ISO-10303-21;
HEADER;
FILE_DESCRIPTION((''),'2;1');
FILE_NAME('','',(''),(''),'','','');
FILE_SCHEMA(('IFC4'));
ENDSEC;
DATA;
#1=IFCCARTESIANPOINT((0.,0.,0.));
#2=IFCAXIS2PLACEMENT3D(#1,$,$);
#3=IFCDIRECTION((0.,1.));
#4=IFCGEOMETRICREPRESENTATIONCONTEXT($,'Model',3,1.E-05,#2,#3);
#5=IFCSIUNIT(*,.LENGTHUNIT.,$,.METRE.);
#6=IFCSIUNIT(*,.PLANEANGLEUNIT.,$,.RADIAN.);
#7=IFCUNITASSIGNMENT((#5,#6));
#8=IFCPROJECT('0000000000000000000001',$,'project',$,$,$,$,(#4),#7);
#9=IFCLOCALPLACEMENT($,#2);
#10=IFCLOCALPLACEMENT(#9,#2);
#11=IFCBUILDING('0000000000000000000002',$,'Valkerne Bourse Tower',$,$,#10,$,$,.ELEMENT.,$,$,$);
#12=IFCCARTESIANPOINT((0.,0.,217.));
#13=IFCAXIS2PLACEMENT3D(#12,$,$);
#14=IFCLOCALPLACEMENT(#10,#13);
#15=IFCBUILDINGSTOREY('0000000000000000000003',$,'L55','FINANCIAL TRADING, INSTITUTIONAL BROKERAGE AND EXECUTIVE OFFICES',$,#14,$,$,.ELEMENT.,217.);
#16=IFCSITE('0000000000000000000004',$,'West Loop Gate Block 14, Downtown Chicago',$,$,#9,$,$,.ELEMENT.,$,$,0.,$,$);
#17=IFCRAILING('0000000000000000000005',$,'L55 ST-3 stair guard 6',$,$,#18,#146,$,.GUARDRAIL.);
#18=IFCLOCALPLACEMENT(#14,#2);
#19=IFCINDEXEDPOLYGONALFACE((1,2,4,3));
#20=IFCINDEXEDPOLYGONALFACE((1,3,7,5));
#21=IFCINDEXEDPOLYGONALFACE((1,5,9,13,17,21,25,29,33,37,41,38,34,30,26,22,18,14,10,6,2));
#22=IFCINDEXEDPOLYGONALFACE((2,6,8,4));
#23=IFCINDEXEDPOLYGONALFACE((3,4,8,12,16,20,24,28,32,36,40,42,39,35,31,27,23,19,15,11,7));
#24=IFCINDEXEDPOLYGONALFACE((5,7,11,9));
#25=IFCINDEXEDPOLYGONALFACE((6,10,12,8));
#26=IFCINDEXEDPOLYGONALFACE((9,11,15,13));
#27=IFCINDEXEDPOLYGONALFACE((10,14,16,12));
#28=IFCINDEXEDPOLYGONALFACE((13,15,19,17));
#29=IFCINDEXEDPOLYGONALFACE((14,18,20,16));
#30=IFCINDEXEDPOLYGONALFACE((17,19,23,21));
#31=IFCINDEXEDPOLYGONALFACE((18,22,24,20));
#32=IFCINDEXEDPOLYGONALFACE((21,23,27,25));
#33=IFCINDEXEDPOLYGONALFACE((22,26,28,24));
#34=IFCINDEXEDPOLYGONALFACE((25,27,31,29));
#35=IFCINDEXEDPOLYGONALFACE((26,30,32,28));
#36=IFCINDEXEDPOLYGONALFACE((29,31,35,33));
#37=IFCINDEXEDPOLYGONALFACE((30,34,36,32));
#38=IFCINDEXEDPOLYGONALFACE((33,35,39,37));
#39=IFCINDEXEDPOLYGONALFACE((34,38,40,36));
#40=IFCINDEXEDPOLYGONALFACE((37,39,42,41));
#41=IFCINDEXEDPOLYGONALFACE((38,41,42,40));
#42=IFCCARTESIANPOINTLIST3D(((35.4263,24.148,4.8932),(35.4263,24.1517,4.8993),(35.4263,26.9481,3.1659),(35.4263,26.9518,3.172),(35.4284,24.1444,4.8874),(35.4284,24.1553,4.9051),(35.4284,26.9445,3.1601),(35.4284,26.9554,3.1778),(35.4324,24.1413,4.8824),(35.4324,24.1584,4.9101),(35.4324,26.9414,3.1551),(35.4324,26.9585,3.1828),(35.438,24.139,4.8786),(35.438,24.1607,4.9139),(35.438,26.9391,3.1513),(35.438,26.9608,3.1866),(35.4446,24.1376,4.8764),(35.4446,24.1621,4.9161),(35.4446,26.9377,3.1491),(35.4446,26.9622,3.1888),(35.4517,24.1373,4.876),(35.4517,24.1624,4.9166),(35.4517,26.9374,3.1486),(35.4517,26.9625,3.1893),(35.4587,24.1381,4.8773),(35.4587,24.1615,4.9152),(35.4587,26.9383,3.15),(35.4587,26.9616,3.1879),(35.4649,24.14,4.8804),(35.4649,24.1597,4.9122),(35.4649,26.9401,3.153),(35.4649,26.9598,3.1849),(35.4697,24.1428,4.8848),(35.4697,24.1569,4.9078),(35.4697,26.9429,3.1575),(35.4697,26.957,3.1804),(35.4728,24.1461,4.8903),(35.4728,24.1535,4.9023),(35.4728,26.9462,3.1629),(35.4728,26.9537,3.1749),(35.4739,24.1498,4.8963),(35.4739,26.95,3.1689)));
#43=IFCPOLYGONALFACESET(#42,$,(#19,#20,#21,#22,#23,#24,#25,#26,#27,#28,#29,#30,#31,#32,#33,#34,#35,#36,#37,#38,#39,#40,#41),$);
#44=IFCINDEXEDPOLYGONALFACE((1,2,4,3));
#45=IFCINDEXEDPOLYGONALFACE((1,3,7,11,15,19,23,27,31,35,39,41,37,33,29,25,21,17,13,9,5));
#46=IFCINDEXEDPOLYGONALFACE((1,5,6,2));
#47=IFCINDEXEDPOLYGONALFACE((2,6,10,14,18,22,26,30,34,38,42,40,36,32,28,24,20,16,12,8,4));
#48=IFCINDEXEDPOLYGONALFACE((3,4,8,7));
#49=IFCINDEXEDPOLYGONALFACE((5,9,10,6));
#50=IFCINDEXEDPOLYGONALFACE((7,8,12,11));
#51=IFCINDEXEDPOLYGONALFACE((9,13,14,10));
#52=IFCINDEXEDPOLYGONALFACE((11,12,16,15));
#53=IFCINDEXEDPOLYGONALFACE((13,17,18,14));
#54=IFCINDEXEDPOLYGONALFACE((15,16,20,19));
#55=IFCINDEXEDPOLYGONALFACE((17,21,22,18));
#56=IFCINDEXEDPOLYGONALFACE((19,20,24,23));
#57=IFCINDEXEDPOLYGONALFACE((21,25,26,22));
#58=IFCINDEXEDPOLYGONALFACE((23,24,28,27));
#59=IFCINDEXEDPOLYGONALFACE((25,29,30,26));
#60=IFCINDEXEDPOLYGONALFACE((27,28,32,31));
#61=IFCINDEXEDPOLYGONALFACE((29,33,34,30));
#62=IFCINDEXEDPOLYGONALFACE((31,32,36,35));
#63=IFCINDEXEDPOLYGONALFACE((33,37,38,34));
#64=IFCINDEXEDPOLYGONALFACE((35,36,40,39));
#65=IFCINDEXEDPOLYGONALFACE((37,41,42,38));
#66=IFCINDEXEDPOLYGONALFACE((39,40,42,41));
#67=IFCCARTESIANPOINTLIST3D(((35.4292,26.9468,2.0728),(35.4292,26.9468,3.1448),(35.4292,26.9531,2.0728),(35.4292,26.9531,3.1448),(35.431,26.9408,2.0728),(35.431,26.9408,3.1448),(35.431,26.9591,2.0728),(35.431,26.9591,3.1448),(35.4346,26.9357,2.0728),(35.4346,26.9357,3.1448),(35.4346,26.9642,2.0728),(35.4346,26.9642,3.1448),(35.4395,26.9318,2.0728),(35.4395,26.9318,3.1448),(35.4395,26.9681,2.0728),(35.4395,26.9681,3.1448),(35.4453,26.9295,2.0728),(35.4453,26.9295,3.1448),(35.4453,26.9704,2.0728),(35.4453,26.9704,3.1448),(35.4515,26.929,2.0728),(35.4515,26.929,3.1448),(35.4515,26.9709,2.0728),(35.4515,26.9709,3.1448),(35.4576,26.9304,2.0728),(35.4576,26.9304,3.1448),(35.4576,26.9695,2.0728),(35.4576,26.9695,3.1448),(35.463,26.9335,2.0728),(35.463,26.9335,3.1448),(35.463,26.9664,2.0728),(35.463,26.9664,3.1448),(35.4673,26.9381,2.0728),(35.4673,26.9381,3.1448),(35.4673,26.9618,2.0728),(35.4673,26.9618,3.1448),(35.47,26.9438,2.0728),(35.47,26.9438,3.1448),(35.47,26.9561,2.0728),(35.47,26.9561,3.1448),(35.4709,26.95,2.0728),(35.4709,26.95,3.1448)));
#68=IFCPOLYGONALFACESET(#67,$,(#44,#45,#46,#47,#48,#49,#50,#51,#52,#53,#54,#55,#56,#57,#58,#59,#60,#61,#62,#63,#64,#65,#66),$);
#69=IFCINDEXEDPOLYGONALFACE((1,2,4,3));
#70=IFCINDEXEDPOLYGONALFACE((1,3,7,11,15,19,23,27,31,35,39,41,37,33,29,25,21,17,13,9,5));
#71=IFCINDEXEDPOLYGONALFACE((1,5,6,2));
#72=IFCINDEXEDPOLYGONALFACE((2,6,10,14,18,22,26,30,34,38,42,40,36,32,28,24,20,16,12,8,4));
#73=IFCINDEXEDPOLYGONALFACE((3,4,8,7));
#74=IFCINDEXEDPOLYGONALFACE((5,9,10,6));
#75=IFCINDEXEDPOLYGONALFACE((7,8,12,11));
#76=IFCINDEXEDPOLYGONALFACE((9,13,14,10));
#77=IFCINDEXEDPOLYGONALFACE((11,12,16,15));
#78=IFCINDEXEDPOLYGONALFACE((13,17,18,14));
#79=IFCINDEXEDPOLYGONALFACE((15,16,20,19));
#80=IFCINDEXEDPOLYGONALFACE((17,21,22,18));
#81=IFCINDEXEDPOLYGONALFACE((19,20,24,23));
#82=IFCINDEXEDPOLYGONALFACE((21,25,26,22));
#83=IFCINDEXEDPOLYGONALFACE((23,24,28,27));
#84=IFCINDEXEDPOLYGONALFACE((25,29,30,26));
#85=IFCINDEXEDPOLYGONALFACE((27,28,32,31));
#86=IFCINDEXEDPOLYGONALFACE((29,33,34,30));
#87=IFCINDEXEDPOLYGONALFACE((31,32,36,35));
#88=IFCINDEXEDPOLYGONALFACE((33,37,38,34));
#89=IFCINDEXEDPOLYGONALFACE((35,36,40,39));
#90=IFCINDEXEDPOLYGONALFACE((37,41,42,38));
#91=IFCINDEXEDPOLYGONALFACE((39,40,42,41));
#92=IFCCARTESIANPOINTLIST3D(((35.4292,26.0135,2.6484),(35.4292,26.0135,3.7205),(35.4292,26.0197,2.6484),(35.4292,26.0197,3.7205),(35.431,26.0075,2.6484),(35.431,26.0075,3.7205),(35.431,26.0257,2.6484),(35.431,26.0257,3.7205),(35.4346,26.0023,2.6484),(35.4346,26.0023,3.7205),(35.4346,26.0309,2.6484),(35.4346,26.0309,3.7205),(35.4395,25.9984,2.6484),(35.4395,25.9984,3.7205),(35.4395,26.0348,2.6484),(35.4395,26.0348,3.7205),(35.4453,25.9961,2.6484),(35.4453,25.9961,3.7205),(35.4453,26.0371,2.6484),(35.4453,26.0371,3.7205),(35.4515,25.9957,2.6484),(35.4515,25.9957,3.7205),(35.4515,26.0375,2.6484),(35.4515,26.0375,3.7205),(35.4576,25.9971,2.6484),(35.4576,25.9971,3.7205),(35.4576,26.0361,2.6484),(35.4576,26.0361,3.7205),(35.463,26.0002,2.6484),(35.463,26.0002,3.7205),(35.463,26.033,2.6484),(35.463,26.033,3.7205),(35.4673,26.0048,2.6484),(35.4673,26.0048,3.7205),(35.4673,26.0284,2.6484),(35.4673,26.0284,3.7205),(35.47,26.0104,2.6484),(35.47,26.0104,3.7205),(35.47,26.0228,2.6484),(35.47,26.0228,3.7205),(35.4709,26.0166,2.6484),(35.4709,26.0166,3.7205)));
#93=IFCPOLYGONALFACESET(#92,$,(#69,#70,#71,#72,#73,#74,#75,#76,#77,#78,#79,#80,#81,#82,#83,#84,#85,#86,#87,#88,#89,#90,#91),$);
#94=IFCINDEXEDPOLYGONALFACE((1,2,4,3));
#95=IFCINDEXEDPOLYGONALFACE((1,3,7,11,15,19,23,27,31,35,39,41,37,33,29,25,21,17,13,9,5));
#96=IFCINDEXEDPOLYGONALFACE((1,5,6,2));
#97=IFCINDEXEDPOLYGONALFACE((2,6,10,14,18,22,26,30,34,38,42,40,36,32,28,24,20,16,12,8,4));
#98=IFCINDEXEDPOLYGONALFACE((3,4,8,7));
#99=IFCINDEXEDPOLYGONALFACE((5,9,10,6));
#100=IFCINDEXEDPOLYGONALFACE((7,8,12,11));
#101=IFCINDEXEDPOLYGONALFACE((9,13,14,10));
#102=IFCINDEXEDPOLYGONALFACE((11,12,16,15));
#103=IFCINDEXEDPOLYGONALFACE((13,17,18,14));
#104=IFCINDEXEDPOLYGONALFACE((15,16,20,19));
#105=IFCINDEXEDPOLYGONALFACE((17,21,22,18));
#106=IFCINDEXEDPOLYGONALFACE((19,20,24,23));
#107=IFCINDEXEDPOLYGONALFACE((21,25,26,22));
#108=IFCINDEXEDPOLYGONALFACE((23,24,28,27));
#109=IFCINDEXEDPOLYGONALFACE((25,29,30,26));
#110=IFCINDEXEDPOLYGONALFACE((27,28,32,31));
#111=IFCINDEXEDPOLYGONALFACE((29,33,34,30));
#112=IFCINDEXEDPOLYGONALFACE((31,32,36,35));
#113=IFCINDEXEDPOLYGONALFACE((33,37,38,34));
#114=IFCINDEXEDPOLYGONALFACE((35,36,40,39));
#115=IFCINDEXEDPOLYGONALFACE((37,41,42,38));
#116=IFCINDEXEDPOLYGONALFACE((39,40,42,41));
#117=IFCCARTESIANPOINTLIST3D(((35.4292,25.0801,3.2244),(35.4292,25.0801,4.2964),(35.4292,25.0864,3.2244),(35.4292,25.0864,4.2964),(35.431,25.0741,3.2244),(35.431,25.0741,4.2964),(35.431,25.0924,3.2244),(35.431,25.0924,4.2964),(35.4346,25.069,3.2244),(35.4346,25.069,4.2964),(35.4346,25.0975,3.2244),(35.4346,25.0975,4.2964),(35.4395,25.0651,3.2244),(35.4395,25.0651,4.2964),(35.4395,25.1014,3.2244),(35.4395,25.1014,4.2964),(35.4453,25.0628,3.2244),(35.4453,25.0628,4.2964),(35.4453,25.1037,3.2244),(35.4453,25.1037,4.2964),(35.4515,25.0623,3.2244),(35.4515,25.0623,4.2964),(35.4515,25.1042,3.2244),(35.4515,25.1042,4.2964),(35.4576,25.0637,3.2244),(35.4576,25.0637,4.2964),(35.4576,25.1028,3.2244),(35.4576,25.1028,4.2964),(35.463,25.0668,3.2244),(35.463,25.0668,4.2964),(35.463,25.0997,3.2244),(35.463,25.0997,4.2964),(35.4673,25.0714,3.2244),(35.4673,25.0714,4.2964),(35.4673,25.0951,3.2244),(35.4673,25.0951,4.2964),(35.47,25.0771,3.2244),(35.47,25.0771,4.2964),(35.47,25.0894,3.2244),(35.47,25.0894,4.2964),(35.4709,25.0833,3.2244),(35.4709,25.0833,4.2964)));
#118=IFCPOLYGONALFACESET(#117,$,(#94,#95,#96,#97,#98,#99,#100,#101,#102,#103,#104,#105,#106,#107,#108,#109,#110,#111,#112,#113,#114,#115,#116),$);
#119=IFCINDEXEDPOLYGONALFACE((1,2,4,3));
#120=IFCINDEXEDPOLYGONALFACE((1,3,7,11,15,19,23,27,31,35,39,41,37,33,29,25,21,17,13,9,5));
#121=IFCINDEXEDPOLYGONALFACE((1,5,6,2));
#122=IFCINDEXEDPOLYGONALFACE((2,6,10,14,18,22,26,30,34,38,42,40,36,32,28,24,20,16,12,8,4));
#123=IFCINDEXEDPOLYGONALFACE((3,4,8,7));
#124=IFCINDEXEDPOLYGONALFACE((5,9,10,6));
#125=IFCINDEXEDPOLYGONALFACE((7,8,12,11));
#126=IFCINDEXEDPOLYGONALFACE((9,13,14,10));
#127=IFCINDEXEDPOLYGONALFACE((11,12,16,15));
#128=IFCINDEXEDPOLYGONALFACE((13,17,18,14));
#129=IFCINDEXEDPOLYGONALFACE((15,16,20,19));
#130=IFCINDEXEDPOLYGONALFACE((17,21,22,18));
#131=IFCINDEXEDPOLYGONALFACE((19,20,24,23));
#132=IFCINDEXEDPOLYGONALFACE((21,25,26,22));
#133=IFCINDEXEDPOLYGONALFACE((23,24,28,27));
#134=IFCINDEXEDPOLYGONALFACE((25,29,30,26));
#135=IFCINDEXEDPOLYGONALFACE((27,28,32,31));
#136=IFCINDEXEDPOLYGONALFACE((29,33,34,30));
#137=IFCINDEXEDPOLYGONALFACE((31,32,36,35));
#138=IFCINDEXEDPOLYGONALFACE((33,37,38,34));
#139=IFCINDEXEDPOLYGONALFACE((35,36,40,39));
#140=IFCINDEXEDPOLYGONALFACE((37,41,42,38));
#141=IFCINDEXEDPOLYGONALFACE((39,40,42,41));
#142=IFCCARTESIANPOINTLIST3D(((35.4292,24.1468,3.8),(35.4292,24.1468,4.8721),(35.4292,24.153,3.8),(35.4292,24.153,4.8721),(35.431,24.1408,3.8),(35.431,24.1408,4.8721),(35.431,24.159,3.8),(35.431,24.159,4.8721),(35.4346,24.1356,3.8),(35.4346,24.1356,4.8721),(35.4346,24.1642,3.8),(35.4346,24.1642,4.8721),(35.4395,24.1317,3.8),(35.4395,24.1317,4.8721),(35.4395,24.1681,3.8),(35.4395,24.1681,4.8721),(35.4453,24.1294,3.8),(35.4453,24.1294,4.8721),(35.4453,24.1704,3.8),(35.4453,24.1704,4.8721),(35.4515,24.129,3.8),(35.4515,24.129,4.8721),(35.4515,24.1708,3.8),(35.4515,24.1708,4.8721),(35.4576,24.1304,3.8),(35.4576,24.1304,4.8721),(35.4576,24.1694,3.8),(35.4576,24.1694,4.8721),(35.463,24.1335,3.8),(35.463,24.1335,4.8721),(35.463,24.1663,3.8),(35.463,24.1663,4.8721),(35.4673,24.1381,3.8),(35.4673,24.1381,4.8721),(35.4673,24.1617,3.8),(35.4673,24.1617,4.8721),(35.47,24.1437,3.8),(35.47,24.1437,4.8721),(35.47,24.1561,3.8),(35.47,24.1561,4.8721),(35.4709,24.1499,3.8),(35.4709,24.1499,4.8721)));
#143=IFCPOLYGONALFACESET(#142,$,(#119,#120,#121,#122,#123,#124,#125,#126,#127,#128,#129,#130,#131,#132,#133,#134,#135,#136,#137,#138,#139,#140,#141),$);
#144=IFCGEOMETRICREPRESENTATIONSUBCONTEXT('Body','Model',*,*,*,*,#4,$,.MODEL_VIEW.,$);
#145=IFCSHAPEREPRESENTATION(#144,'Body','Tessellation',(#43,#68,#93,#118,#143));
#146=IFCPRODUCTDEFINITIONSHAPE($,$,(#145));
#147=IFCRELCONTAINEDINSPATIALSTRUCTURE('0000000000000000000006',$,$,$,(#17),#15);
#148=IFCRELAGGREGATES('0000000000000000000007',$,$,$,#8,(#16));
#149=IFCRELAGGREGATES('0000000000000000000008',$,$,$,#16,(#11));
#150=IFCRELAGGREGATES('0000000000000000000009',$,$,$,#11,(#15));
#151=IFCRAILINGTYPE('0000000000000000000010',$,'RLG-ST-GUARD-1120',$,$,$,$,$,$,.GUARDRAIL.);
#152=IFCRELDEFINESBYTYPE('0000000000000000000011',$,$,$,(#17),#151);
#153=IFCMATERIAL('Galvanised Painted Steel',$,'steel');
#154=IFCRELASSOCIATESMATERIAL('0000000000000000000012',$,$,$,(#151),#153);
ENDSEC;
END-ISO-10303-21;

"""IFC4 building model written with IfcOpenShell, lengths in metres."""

from ifc_helpers import new_model, si_unit, direction, frame, origin, origin_2d, place, context, subcontext, project, spatial, circle, extrude, material, type_object, element, save


model = new_model("IFC4")

# Units and contexts
model_context = context("Model", 3, precision=1e-05, world=origin(), true_north=direction((0.0, 1.0)))
body_context = subcontext(model_context, "Body", "Model", "MODEL_VIEW")
ifc_project = project(units=[si_unit("LENGTHUNIT", "METRE"), si_unit("PLANEANGLEUNIT", "RADIAN")], contexts=[model_context])

# Site, building, storey
site_placement = place(None, origin())
site = spatial("IfcSite", under=ifc_project, at=site_placement, Name="West Loop Gate Block 14, Downtown Chicago", CompositionType="ELEMENT", RefElevation=0.0)
building_placement = place(site_placement, origin())
building = spatial("IfcBuilding", under=site, at=building_placement, Name="Valkerne Bourse Tower", CompositionType="ELEMENT")
storey_placement = place(building_placement, frame((0.0, 0.0, 217.0)))
storey = spatial("IfcBuildingStorey", under=building, at=storey_placement, Name="L55", Description="FINANCIAL TRADING, INSTITUTIONAL BROKERAGE AND EXECUTIVE OFFICES", CompositionType="ELEMENT", Elevation=217.0)

# Railing
ifc_material_1 = material(Name="Galvanised Painted Steel", Category="steel")
railing_type_1 = type_object("IfcRailingType", Name="RLG-ST-GUARD-1120", PredefinedType="GUARDRAIL", material=ifc_material_1)
railing_1_placement = place(storey_placement, frame((35.45, 26.95, 2.0728)))
element("IfcRailing", 1, at=railing_1_placement, inside=storey, type_object=railing_type_1, Name="L55 ST-3 stair guard 6", PredefinedType="GUARDRAIL", context=body_context, shape_type="SweptSolid", body=[
    extrude(circle(Radius=0.0239, at=origin_2d()), frame((0.0, 0.0, 1.0962), z_axis=(0.0, -0.85109, 0.52502), x_axis=(1.0, 0.0, 0.0)), (0.0, 0.0, 1.0), 3.29),
    extrude(circle(Radius=0.021, at=origin_2d()), origin(), (0.0, 0.0, 1.0), 1.072),
    extrude(circle(Radius=0.021, at=origin_2d()), frame((0.0, -0.9333, 0.5757)), (0.0, 0.0, 1.0), 1.072),
    extrude(circle(Radius=0.021, at=origin_2d()), frame((0.0, -1.8667, 1.1516)), (0.0, 0.0, 1.0), 1.072),
    extrude(circle(Radius=0.021, at=origin_2d()), frame((0.0, -2.8, 1.7273)), (0.0, 0.0, 1.0), 1.072),
])

save(model, "model.ifc")
